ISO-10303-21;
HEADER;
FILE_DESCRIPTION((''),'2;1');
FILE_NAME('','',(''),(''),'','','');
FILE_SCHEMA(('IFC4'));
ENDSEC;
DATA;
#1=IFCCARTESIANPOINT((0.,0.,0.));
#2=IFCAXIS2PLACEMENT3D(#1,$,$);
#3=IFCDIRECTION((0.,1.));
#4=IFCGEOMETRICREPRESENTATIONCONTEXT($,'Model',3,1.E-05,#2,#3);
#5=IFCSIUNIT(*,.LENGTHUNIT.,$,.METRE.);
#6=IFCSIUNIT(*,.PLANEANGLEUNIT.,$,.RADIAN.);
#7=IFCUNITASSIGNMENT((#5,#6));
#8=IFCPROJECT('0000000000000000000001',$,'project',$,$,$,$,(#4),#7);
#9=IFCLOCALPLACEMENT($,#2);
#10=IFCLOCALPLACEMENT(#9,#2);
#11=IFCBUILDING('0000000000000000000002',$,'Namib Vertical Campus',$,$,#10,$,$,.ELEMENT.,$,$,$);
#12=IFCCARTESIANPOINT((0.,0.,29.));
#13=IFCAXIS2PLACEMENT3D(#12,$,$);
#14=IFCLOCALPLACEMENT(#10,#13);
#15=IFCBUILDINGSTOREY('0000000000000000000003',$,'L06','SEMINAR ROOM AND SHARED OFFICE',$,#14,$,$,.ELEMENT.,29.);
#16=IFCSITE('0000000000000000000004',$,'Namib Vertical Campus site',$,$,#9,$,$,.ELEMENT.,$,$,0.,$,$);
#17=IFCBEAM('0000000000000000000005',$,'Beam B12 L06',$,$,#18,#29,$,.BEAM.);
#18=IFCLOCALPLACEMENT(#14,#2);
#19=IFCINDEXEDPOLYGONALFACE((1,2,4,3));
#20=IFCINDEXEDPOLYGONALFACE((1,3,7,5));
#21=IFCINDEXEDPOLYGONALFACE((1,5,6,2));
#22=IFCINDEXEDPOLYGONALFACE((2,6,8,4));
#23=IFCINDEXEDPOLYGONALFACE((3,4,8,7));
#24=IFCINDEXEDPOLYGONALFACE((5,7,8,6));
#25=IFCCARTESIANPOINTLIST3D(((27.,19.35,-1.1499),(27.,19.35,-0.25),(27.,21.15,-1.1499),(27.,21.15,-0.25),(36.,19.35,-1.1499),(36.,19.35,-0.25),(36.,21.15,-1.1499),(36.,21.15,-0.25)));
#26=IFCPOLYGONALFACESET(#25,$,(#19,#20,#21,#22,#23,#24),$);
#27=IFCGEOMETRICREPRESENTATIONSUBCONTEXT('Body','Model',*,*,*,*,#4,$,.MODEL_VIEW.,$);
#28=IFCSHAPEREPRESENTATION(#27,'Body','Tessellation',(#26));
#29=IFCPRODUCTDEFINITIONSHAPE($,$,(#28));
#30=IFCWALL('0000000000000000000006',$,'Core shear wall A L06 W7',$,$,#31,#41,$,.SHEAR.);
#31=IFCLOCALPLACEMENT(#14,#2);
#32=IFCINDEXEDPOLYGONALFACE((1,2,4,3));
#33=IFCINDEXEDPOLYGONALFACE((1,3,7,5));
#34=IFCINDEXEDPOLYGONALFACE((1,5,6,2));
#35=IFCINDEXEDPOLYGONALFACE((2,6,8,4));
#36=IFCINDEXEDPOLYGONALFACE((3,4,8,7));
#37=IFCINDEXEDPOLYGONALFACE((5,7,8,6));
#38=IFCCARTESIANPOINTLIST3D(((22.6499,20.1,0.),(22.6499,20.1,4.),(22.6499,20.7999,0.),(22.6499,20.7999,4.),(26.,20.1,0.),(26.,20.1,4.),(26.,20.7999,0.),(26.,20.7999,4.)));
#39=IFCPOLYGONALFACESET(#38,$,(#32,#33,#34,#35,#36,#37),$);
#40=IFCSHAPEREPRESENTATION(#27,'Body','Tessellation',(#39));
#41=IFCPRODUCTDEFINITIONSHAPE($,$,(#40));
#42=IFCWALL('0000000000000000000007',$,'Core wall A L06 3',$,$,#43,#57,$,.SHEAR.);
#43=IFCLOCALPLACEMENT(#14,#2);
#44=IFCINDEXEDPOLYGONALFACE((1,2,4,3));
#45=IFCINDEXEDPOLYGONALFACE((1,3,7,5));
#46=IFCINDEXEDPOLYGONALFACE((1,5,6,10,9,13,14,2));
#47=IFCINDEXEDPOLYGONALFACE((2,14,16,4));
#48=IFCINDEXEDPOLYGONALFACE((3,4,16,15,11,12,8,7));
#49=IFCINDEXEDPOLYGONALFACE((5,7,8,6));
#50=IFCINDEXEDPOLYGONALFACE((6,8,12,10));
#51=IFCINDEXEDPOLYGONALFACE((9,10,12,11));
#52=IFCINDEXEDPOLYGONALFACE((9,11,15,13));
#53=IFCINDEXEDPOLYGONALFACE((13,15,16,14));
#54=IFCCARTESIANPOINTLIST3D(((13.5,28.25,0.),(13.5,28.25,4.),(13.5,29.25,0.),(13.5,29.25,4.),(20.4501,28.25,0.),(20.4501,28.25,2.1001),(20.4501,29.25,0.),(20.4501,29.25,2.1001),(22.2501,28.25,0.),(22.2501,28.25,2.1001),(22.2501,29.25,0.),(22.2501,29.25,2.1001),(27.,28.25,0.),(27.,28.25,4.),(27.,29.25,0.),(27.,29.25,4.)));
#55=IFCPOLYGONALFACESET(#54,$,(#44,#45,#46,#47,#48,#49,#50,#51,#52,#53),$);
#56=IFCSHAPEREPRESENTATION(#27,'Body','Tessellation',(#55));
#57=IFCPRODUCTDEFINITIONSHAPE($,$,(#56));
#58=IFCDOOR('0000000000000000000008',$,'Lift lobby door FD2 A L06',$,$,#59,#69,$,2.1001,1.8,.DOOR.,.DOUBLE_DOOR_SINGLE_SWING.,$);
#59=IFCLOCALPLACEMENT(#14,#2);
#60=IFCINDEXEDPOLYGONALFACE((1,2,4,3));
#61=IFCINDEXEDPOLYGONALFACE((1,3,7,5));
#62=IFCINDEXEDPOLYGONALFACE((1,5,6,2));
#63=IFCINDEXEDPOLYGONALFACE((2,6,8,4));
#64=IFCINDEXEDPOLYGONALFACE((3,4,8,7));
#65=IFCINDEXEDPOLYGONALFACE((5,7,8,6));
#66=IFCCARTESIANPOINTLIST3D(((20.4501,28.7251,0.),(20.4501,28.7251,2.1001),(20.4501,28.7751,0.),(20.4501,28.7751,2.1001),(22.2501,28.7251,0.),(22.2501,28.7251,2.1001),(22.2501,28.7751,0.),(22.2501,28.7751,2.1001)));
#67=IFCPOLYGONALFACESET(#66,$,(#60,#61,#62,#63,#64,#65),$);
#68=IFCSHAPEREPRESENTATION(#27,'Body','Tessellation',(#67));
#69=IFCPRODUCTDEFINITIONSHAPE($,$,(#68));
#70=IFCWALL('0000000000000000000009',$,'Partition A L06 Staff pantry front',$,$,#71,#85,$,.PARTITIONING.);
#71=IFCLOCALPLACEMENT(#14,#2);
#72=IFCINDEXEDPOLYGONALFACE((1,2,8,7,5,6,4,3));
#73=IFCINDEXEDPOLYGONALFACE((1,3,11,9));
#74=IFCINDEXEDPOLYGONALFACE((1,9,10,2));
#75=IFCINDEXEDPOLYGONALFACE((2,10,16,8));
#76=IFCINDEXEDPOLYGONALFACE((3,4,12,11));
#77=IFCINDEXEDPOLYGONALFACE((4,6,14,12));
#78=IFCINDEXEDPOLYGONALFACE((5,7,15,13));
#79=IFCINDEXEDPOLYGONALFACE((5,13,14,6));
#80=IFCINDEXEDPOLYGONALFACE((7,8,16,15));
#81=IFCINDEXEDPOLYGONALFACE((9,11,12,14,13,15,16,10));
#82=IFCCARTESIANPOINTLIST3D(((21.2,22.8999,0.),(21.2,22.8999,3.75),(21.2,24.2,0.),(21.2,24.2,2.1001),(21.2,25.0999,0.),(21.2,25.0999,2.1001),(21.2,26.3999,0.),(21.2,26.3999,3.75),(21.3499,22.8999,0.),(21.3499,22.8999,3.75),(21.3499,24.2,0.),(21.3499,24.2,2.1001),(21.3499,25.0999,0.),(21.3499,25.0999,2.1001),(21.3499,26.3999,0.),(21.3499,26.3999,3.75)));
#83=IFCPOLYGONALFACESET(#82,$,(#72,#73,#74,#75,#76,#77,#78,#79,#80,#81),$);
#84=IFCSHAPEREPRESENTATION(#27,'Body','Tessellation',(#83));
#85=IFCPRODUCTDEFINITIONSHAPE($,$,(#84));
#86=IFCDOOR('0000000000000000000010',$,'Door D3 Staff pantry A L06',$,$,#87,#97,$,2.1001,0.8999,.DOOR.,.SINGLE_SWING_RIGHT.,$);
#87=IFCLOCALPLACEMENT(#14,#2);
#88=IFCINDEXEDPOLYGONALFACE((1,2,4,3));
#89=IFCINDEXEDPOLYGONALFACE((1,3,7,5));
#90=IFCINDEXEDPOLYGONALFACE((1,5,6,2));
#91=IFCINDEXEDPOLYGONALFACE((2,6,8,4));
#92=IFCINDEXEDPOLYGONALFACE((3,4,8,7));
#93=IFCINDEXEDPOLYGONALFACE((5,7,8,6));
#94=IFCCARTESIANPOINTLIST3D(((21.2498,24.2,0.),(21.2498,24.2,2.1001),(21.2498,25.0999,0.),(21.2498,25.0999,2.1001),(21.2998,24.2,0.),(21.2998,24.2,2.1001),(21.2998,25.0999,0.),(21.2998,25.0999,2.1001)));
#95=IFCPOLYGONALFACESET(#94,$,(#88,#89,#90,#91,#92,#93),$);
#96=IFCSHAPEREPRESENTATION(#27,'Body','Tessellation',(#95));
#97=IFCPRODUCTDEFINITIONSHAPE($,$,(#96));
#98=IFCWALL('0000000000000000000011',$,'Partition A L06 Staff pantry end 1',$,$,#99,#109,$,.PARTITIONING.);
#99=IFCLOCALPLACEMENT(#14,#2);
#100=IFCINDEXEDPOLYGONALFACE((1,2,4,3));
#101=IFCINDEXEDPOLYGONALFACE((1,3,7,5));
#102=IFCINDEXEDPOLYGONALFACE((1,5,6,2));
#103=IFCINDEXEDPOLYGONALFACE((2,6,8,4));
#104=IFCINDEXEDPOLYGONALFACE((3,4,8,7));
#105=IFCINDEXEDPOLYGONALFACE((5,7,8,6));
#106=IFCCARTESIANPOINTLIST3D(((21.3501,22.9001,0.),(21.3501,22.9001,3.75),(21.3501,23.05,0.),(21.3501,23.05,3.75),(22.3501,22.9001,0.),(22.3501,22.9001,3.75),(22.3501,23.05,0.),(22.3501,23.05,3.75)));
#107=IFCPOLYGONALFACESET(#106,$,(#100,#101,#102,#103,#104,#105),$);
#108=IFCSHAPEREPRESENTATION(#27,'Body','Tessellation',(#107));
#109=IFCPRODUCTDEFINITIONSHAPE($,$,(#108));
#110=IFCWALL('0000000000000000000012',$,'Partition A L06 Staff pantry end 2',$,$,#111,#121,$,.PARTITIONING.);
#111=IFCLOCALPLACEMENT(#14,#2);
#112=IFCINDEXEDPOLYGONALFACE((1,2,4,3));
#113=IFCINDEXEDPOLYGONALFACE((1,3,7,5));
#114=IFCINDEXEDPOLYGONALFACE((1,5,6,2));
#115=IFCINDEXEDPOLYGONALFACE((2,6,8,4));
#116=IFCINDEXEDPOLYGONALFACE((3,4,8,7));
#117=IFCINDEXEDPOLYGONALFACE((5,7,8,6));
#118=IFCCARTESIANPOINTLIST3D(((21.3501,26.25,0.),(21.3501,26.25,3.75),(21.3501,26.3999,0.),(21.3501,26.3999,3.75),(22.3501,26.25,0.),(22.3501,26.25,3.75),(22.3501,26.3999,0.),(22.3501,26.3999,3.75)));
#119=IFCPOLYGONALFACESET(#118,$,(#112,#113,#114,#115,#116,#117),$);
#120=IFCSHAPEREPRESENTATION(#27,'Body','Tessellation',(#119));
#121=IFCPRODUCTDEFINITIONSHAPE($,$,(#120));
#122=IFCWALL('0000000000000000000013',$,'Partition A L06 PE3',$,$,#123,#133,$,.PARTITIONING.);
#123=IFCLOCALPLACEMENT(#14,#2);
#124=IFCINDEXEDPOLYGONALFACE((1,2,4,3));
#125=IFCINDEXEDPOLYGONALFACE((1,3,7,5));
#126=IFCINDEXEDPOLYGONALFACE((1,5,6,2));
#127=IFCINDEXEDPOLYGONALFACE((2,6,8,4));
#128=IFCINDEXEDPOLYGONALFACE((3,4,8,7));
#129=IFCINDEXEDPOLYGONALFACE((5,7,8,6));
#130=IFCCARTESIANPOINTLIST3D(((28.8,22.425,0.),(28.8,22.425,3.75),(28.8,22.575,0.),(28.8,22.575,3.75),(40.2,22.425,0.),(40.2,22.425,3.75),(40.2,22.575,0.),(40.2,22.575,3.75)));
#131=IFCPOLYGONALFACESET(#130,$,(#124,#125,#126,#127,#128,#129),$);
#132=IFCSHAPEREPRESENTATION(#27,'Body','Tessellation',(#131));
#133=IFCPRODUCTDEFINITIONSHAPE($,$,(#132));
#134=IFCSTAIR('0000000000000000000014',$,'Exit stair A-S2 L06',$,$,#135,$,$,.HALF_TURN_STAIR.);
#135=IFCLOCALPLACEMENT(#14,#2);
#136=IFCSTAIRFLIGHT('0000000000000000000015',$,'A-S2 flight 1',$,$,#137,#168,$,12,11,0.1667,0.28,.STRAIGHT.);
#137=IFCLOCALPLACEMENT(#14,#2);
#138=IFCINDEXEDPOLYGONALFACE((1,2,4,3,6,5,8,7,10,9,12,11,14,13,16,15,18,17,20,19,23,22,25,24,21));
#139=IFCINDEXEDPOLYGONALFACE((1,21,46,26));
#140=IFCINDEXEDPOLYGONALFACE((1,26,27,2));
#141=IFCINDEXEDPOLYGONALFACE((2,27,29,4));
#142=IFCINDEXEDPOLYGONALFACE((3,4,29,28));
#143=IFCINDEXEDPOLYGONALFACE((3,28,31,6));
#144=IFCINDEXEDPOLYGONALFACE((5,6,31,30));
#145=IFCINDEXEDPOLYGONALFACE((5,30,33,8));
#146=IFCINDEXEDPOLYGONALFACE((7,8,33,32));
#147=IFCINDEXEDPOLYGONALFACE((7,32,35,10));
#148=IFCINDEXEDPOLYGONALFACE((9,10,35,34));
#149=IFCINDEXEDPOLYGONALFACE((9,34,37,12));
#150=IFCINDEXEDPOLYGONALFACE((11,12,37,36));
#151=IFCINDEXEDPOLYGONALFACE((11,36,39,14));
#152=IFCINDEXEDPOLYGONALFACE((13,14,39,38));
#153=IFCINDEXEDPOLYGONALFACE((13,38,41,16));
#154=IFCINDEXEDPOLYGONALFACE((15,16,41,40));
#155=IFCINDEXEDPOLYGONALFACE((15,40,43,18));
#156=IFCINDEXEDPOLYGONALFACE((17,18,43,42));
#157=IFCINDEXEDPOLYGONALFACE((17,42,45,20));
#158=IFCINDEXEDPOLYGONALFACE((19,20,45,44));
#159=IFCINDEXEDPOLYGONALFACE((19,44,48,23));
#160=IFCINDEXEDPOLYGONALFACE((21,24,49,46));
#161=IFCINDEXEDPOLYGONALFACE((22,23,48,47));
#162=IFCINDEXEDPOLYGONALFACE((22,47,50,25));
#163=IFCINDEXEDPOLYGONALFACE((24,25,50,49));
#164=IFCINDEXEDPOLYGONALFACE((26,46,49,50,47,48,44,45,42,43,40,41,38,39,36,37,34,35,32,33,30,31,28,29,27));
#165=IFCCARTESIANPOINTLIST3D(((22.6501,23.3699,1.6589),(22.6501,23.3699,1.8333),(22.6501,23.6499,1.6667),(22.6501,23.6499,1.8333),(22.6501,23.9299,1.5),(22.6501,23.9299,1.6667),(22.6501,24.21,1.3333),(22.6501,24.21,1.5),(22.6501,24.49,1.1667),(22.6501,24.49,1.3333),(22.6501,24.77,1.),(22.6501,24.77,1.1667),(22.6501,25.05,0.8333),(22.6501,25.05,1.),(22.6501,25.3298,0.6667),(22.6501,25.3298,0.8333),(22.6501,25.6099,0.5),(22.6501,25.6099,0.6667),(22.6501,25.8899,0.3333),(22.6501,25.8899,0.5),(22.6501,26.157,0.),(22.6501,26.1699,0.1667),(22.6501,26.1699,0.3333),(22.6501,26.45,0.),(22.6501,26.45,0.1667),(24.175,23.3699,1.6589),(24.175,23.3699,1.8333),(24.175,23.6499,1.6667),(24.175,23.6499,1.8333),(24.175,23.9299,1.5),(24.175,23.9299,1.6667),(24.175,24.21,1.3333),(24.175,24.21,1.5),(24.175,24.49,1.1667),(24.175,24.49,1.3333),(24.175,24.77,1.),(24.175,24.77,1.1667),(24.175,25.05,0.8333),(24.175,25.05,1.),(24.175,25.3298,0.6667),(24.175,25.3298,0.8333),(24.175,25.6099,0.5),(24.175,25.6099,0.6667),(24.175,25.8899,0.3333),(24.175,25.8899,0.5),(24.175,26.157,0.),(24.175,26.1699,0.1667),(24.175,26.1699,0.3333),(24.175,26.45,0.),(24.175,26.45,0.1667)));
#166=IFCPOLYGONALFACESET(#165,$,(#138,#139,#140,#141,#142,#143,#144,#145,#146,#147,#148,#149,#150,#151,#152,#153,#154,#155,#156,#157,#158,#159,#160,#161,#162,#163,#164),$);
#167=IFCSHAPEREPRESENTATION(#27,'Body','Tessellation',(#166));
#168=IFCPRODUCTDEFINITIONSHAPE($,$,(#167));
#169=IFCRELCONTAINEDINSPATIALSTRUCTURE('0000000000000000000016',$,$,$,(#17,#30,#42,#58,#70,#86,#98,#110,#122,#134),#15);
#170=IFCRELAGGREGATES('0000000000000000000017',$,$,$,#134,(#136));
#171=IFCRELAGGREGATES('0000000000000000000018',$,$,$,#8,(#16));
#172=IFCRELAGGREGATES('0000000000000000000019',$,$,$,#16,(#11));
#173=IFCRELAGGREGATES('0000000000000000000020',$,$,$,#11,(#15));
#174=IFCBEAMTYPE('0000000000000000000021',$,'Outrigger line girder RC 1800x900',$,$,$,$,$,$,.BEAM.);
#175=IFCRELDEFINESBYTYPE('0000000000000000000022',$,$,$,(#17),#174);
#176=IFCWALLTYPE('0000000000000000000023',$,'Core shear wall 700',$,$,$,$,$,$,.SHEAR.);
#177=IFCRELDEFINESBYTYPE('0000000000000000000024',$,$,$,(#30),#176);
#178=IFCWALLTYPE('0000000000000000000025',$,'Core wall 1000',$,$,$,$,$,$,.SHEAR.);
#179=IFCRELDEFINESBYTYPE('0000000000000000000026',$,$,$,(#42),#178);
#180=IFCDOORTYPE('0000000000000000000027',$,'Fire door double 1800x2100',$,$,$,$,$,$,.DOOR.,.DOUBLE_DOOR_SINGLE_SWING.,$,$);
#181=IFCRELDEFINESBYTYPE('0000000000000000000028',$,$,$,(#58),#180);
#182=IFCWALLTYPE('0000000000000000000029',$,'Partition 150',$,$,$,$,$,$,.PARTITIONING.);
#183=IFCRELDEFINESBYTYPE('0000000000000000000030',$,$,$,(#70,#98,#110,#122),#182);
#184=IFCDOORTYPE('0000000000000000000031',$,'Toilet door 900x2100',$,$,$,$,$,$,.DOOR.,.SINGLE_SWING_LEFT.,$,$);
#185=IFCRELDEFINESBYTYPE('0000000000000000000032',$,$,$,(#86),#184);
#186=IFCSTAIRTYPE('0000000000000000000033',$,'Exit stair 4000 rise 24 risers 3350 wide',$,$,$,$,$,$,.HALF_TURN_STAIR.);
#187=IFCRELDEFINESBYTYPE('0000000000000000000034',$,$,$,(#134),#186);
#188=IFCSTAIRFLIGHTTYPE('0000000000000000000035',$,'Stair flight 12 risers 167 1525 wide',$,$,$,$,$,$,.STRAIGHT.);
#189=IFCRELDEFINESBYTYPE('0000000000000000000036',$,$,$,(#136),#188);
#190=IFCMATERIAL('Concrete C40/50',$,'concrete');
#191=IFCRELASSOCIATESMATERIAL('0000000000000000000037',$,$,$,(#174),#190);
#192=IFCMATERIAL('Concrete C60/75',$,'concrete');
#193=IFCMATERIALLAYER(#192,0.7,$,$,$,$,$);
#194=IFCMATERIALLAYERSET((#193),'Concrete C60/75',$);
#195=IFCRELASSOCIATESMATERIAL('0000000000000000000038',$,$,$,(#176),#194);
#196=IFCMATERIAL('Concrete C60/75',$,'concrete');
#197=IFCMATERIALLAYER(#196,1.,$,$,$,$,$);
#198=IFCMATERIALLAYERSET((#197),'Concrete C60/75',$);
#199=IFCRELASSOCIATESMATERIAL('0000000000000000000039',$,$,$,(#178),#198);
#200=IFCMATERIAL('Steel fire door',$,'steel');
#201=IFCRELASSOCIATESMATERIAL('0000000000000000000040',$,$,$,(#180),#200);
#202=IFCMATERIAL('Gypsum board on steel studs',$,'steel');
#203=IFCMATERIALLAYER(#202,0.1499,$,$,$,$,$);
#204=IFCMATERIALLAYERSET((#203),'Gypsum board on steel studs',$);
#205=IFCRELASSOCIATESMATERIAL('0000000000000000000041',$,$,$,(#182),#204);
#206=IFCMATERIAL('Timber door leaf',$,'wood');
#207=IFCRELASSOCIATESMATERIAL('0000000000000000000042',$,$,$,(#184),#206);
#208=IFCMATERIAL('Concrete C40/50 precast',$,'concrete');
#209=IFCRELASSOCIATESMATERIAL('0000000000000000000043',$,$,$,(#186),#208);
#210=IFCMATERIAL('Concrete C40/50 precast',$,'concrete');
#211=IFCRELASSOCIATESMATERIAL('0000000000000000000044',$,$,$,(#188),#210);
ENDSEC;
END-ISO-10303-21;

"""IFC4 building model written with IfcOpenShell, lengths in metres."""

from ifc_helpers import new_model, si_unit, direction, frame, frame_2d, origin, origin_2d, place, context, subcontext, project, spatial, polyline, rectangle, outline, extrude, material, layer, layer_set, material_profile, profile_set, type_object, element, fill, aggregate, save


model = new_model("IFC4")

# Units and contexts
model_context = context("Model", 3, precision=1e-05, world=origin(), true_north=direction((0.0, 1.0)))
body_context = subcontext(model_context, "Body", "Model", "MODEL_VIEW")
ifc_project = project(units=[si_unit("LENGTHUNIT", "METRE"), si_unit("PLANEANGLEUNIT", "RADIAN")], contexts=[model_context])

# Site, building, storey
site_placement = place(None, origin())
site = spatial("IfcSite", under=ifc_project, at=site_placement, Name="Namib Vertical Campus site", CompositionType="ELEMENT", RefElevation=0.0)
building_placement = place(site_placement, origin())
building = spatial("IfcBuilding", under=site, at=building_placement, Name="Namib Vertical Campus", CompositionType="ELEMENT")
storey_placement = place(building_placement, frame((0.0, 0.0, 29.0)))
storey = spatial("IfcBuildingStorey", under=building, at=storey_placement, Name="L06", Description="SEMINAR ROOM AND SHARED OFFICE", CompositionType="ELEMENT", Elevation=29.0)

# Beam
ifc_material_1 = material(Name="Concrete C40/50", Category="concrete")
ifc_material_profile_1 = material_profile(ifc_material_1, rectangle(XDim=1.8, YDim=0.8999, at=origin_2d()))
ifc_profile_set_1 = profile_set([ifc_material_profile_1], Name="Concrete C40/50")
beam_type_1 = type_object("IfcBeamType", Name="Outrigger line girder RC 1800x900", PredefinedType="BEAM", material=ifc_profile_set_1)
beam_1_placement = place(storey_placement, frame((36.0, 20.25, -0.7), z_axis=(-1.0, 0.0, 0.0), x_axis=(0.0, -1.0, 0.0)))
element("IfcBeam", 1, at=beam_1_placement, inside=storey, type_object=beam_type_1, Name="Beam B12 L06", PredefinedType="BEAM", context=body_context, shape_type="SweptSolid", body=[
    extrude(rectangle(XDim=1.8, YDim=0.8999, at=origin_2d()), origin(), (0.0, 0.0, 1.0), 9.0),
])

# Wall
ifc_material_2 = material(Name="Concrete C60/75", Category="concrete")
ifc_layer_1 = layer(ifc_material_2, 0.7)
ifc_layer_set_1 = layer_set([ifc_layer_1], Name="Concrete C60/75")
wall_type_1 = type_object("IfcWallType", Name="Core shear wall 700", PredefinedType="SHEAR", material=ifc_layer_set_1)
wall_1_placement = place(storey_placement, frame((22.6499, 20.45, 0.0), z_axis=(0.0, 0.0, 1.0), x_axis=(1.0, 0.0, 0.0)))
element("IfcWall", 2, at=wall_1_placement, inside=storey, type_object=wall_type_1, Name="Core shear wall A L06 W7", PredefinedType="SHEAR", context=body_context, shape_type="SweptSolid", body=[
    extrude(rectangle(XDim=3.3501, YDim=0.7, at=frame_2d((1.675, 0.0))), origin(), (0.0, 0.0, 1.0), 4.0),
])

# Walls, openings, doors
ifc_material_3 = material(Name="Concrete C60/75", Category="concrete")
ifc_layer_2 = layer(ifc_material_3, 1.0)
ifc_layer_set_2 = layer_set([ifc_layer_2], Name="Concrete C60/75")
wall_type_2 = type_object("IfcWallType", Name="Core wall 1000", PredefinedType="SHEAR", material=ifc_layer_set_2)
wall_2_placement = place(storey_placement, frame((27.0, 28.75, 0.0), z_axis=(0.0, 0.0, 1.0), x_axis=(-1.0, 0.0, 0.0)))
wall_2 = element("IfcWall", 3, at=wall_2_placement, inside=storey, type_object=wall_type_2, Name="Core wall A L06 3", PredefinedType="SHEAR", context=body_context, shape_type="SweptSolid", body=[
    extrude(rectangle(XDim=13.5, YDim=1.0, at=frame_2d((6.75, 0.0))), origin(), (0.0, 0.0, 1.0), 4.0),
])
opening_1_placement = place(wall_2_placement, frame((4.75, 0.0, 0.0)))
opening_1 = element("IfcOpeningElement", 4, at=opening_1_placement, cuts=wall_2, PredefinedType="OPENING", context=body_context, shape_type="SweptSolid", body=[
    extrude(rectangle(XDim=1.8, YDim=2.1001, at=frame_2d((0.8999, 1.05))), frame((0.0, 0.51, 0.0), z_axis=(0.0, -1.0, 0.0), x_axis=(1.0, 0.0, 0.0)), (0.0, 0.0, 1.0), 1.02),
])
ifc_material_4 = material(Name="Steel fire door", Category="steel")
door_type_1 = type_object("IfcDoorType", Name="Fire door double 1800x2100", OperationType="DOUBLE_DOOR_SINGLE_SWING", PredefinedType="DOOR", material=ifc_material_4)
door_1_placement = place(opening_1_placement, origin())
door_1 = element("IfcDoor", 5, at=door_1_placement, inside=storey, type_object=door_type_1, Name="Lift lobby door FD2 A L06", OperationType="DOUBLE_DOOR_SINGLE_SWING", OverallHeight=2.1001, OverallWidth=1.8, PredefinedType="DOOR", context=body_context, shape_type="SweptSolid", body=[
    extrude(rectangle(XDim=1.8, YDim=2.1001, at=frame_2d((0.8999, 1.05))), frame((0.0, 0.0249, 0.0), z_axis=(0.0, -1.0, 0.0), x_axis=(1.0, 0.0, 0.0)), (0.0, 0.0, 1.0), 0.05),
])
fill(opening_1, door_1)
ifc_material_5 = material(Name="Gypsum board on steel studs", Category="steel")
ifc_layer_3 = layer(ifc_material_5, 0.1499)
ifc_layer_set_3 = layer_set([ifc_layer_3], Name="Gypsum board on steel studs")
wall_type_3 = type_object("IfcWallType", Name="Partition 150", PredefinedType="PARTITIONING", material=ifc_layer_set_3)
wall_3_placement = place(storey_placement, frame((21.2749, 22.8999, 0.0), z_axis=(0.0, 0.0, 1.0), x_axis=(0.0, 1.0, 0.0)))
wall_3 = element("IfcWall", 6, at=wall_3_placement, inside=storey, type_object=wall_type_3, Name="Partition A L06 Staff pantry front", PredefinedType="PARTITIONING", context=body_context, shape_type="SweptSolid", body=[
    extrude(rectangle(XDim=3.5, YDim=0.1499, at=frame_2d((1.75, 0.0))), origin(), (0.0, 0.0, 1.0), 3.75),
])
opening_2_placement = place(wall_3_placement, frame((1.3, 0.0, 0.0)))
opening_2 = element("IfcOpeningElement", 7, at=opening_2_placement, cuts=wall_3, PredefinedType="OPENING", context=body_context, shape_type="SweptSolid", body=[
    extrude(rectangle(XDim=0.8999, YDim=2.1001, at=frame_2d((0.45, 1.05))), frame((0.0, 0.085, 0.0), z_axis=(0.0, -1.0, 0.0), x_axis=(1.0, 0.0, 0.0)), (0.0, 0.0, 1.0), 0.1699),
])
ifc_material_6 = material(Name="Timber door leaf", Category="wood")
door_type_2 = type_object("IfcDoorType", Name="Toilet door 900x2100", OperationType="SINGLE_SWING_LEFT", PredefinedType="DOOR", material=ifc_material_6)
door_2_placement = place(opening_2_placement, frame((0.8999, 0.0, 0.0), z_axis=(0.0, 0.0, 1.0), x_axis=(-1.0, 0.0, 0.0)))
door_2 = element("IfcDoor", 8, at=door_2_placement, inside=storey, type_object=door_type_2, Name="Door D3 Staff pantry A L06", OperationType="SINGLE_SWING_RIGHT", OverallHeight=2.1001, OverallWidth=0.8999, PredefinedType="DOOR", context=body_context, shape_type="SweptSolid", body=[
    extrude(rectangle(XDim=0.8999, YDim=2.1001, at=frame_2d((0.45, 1.05))), frame((0.0, 0.0249, 0.0), z_axis=(0.0, -1.0, 0.0), x_axis=(1.0, 0.0, 0.0)), (0.0, 0.0, 1.0), 0.05),
])
fill(opening_2, door_2)

# Walls
for number, where, z_axis, x_axis, name in (
    (9, (21.3501, 22.9751, 0.0), (0.0, 0.0, 1.0), (1.0, 0.0, 0.0), "Partition A L06 Staff pantry end 1"),
    (10, (21.3501, 26.325, 0.0), (0.0, 0.0, 1.0), (1.0, 0.0, 0.0), "Partition A L06 Staff pantry end 2"),
):
    element("IfcWall", number, at=place(storey_placement, frame(where, z_axis=z_axis, x_axis=x_axis)), inside=storey, type_object=wall_type_3, Name=name, PredefinedType="PARTITIONING", context=body_context, shape_type="SweptSolid", body=[
        extrude(rectangle(XDim=1.0, YDim=0.1499, at=frame_2d((0.5, 0.0))), origin(), (0.0, 0.0, 1.0), 3.75),
    ])
wall_4_placement = place(storey_placement, frame((28.8, 22.5, 0.0), z_axis=(0.0, 0.0, 1.0), x_axis=(1.0, 0.0, 0.0)))
element("IfcWall", 11, at=wall_4_placement, inside=storey, type_object=wall_type_3, Name="Partition A L06 PE3", PredefinedType="PARTITIONING", context=body_context, shape_type="SweptSolid", body=[
    extrude(rectangle(XDim=11.3999, YDim=0.1499, at=frame_2d((5.7, 0.0))), origin(), (0.0, 0.0, 1.0), 3.75),
])

# Stair, stair flight
ifc_material_7 = material(Name="Concrete C40/50 precast", Category="concrete")
stair_type = type_object("IfcStairType", Name="Exit stair 4000 rise 24 risers 3350 wide", PredefinedType="HALF_TURN_STAIR", material=ifc_material_7)
stair_placement = place(storey_placement, origin())
stair = element("IfcStair", 12, at=stair_placement, inside=storey, type_object=stair_type, Name="Exit stair A-S2 L06", PredefinedType="HALF_TURN_STAIR")
ifc_material_8 = material(Name="Concrete C40/50 precast", Category="concrete")
stair_flight_type = type_object("IfcStairFlightType", Name="Stair flight 12 risers 167 1525 wide", PredefinedType="STRAIGHT", material=ifc_material_8)
stair_flight_1_placement = place(storey_placement, frame((23.4126, 26.45, 0.0), z_axis=(0.0, 0.0, 1.0), x_axis=(0.0, -1.0, 0.0)))
stair_flight_1 = element("IfcStairFlight", 13, at=stair_flight_1_placement, type_object=stair_flight_type, Name="A-S2 flight 1", NumberOfRisers=12, NumberOfTreads=11, PredefinedType="STRAIGHT", RiserHeight=0.1667, TreadLength=0.28, context=body_context, shape_type="SweptSolid", body=[
    extrude(outline(polyline([(0.0, 0.0), (0.0, 0.1667), (0.28, 0.1667), (0.28, 0.3333), (0.5601, 0.3333), (0.5601, 0.5), (0.8401, 0.5), (0.8401, 0.6667), (1.1201, 0.6667), (1.1201, 0.8333), (1.3999, 0.8333), (1.3999, 1.0), (1.6799, 1.0), (1.6799, 1.1667), (1.96, 1.1667), (1.96, 1.3333), (2.24, 1.3333), (2.24, 1.5), (2.52, 1.5), (2.52, 1.6667), (2.8, 1.6667), (2.8, 1.8333), (3.0801, 1.8333), (3.0801, 2.0), (3.0801, 1.6589), (0.293, 0.0), (0.0, 0.0)])), frame((0.0, 0.7625, 0.0), z_axis=(0.0, -1.0, 0.0), x_axis=(1.0, 0.0, 0.0)), (0.0, 0.0, 1.0), 1.5249),
])
aggregate(stair, [stair_flight_1])

save(model, "model.ifc")
